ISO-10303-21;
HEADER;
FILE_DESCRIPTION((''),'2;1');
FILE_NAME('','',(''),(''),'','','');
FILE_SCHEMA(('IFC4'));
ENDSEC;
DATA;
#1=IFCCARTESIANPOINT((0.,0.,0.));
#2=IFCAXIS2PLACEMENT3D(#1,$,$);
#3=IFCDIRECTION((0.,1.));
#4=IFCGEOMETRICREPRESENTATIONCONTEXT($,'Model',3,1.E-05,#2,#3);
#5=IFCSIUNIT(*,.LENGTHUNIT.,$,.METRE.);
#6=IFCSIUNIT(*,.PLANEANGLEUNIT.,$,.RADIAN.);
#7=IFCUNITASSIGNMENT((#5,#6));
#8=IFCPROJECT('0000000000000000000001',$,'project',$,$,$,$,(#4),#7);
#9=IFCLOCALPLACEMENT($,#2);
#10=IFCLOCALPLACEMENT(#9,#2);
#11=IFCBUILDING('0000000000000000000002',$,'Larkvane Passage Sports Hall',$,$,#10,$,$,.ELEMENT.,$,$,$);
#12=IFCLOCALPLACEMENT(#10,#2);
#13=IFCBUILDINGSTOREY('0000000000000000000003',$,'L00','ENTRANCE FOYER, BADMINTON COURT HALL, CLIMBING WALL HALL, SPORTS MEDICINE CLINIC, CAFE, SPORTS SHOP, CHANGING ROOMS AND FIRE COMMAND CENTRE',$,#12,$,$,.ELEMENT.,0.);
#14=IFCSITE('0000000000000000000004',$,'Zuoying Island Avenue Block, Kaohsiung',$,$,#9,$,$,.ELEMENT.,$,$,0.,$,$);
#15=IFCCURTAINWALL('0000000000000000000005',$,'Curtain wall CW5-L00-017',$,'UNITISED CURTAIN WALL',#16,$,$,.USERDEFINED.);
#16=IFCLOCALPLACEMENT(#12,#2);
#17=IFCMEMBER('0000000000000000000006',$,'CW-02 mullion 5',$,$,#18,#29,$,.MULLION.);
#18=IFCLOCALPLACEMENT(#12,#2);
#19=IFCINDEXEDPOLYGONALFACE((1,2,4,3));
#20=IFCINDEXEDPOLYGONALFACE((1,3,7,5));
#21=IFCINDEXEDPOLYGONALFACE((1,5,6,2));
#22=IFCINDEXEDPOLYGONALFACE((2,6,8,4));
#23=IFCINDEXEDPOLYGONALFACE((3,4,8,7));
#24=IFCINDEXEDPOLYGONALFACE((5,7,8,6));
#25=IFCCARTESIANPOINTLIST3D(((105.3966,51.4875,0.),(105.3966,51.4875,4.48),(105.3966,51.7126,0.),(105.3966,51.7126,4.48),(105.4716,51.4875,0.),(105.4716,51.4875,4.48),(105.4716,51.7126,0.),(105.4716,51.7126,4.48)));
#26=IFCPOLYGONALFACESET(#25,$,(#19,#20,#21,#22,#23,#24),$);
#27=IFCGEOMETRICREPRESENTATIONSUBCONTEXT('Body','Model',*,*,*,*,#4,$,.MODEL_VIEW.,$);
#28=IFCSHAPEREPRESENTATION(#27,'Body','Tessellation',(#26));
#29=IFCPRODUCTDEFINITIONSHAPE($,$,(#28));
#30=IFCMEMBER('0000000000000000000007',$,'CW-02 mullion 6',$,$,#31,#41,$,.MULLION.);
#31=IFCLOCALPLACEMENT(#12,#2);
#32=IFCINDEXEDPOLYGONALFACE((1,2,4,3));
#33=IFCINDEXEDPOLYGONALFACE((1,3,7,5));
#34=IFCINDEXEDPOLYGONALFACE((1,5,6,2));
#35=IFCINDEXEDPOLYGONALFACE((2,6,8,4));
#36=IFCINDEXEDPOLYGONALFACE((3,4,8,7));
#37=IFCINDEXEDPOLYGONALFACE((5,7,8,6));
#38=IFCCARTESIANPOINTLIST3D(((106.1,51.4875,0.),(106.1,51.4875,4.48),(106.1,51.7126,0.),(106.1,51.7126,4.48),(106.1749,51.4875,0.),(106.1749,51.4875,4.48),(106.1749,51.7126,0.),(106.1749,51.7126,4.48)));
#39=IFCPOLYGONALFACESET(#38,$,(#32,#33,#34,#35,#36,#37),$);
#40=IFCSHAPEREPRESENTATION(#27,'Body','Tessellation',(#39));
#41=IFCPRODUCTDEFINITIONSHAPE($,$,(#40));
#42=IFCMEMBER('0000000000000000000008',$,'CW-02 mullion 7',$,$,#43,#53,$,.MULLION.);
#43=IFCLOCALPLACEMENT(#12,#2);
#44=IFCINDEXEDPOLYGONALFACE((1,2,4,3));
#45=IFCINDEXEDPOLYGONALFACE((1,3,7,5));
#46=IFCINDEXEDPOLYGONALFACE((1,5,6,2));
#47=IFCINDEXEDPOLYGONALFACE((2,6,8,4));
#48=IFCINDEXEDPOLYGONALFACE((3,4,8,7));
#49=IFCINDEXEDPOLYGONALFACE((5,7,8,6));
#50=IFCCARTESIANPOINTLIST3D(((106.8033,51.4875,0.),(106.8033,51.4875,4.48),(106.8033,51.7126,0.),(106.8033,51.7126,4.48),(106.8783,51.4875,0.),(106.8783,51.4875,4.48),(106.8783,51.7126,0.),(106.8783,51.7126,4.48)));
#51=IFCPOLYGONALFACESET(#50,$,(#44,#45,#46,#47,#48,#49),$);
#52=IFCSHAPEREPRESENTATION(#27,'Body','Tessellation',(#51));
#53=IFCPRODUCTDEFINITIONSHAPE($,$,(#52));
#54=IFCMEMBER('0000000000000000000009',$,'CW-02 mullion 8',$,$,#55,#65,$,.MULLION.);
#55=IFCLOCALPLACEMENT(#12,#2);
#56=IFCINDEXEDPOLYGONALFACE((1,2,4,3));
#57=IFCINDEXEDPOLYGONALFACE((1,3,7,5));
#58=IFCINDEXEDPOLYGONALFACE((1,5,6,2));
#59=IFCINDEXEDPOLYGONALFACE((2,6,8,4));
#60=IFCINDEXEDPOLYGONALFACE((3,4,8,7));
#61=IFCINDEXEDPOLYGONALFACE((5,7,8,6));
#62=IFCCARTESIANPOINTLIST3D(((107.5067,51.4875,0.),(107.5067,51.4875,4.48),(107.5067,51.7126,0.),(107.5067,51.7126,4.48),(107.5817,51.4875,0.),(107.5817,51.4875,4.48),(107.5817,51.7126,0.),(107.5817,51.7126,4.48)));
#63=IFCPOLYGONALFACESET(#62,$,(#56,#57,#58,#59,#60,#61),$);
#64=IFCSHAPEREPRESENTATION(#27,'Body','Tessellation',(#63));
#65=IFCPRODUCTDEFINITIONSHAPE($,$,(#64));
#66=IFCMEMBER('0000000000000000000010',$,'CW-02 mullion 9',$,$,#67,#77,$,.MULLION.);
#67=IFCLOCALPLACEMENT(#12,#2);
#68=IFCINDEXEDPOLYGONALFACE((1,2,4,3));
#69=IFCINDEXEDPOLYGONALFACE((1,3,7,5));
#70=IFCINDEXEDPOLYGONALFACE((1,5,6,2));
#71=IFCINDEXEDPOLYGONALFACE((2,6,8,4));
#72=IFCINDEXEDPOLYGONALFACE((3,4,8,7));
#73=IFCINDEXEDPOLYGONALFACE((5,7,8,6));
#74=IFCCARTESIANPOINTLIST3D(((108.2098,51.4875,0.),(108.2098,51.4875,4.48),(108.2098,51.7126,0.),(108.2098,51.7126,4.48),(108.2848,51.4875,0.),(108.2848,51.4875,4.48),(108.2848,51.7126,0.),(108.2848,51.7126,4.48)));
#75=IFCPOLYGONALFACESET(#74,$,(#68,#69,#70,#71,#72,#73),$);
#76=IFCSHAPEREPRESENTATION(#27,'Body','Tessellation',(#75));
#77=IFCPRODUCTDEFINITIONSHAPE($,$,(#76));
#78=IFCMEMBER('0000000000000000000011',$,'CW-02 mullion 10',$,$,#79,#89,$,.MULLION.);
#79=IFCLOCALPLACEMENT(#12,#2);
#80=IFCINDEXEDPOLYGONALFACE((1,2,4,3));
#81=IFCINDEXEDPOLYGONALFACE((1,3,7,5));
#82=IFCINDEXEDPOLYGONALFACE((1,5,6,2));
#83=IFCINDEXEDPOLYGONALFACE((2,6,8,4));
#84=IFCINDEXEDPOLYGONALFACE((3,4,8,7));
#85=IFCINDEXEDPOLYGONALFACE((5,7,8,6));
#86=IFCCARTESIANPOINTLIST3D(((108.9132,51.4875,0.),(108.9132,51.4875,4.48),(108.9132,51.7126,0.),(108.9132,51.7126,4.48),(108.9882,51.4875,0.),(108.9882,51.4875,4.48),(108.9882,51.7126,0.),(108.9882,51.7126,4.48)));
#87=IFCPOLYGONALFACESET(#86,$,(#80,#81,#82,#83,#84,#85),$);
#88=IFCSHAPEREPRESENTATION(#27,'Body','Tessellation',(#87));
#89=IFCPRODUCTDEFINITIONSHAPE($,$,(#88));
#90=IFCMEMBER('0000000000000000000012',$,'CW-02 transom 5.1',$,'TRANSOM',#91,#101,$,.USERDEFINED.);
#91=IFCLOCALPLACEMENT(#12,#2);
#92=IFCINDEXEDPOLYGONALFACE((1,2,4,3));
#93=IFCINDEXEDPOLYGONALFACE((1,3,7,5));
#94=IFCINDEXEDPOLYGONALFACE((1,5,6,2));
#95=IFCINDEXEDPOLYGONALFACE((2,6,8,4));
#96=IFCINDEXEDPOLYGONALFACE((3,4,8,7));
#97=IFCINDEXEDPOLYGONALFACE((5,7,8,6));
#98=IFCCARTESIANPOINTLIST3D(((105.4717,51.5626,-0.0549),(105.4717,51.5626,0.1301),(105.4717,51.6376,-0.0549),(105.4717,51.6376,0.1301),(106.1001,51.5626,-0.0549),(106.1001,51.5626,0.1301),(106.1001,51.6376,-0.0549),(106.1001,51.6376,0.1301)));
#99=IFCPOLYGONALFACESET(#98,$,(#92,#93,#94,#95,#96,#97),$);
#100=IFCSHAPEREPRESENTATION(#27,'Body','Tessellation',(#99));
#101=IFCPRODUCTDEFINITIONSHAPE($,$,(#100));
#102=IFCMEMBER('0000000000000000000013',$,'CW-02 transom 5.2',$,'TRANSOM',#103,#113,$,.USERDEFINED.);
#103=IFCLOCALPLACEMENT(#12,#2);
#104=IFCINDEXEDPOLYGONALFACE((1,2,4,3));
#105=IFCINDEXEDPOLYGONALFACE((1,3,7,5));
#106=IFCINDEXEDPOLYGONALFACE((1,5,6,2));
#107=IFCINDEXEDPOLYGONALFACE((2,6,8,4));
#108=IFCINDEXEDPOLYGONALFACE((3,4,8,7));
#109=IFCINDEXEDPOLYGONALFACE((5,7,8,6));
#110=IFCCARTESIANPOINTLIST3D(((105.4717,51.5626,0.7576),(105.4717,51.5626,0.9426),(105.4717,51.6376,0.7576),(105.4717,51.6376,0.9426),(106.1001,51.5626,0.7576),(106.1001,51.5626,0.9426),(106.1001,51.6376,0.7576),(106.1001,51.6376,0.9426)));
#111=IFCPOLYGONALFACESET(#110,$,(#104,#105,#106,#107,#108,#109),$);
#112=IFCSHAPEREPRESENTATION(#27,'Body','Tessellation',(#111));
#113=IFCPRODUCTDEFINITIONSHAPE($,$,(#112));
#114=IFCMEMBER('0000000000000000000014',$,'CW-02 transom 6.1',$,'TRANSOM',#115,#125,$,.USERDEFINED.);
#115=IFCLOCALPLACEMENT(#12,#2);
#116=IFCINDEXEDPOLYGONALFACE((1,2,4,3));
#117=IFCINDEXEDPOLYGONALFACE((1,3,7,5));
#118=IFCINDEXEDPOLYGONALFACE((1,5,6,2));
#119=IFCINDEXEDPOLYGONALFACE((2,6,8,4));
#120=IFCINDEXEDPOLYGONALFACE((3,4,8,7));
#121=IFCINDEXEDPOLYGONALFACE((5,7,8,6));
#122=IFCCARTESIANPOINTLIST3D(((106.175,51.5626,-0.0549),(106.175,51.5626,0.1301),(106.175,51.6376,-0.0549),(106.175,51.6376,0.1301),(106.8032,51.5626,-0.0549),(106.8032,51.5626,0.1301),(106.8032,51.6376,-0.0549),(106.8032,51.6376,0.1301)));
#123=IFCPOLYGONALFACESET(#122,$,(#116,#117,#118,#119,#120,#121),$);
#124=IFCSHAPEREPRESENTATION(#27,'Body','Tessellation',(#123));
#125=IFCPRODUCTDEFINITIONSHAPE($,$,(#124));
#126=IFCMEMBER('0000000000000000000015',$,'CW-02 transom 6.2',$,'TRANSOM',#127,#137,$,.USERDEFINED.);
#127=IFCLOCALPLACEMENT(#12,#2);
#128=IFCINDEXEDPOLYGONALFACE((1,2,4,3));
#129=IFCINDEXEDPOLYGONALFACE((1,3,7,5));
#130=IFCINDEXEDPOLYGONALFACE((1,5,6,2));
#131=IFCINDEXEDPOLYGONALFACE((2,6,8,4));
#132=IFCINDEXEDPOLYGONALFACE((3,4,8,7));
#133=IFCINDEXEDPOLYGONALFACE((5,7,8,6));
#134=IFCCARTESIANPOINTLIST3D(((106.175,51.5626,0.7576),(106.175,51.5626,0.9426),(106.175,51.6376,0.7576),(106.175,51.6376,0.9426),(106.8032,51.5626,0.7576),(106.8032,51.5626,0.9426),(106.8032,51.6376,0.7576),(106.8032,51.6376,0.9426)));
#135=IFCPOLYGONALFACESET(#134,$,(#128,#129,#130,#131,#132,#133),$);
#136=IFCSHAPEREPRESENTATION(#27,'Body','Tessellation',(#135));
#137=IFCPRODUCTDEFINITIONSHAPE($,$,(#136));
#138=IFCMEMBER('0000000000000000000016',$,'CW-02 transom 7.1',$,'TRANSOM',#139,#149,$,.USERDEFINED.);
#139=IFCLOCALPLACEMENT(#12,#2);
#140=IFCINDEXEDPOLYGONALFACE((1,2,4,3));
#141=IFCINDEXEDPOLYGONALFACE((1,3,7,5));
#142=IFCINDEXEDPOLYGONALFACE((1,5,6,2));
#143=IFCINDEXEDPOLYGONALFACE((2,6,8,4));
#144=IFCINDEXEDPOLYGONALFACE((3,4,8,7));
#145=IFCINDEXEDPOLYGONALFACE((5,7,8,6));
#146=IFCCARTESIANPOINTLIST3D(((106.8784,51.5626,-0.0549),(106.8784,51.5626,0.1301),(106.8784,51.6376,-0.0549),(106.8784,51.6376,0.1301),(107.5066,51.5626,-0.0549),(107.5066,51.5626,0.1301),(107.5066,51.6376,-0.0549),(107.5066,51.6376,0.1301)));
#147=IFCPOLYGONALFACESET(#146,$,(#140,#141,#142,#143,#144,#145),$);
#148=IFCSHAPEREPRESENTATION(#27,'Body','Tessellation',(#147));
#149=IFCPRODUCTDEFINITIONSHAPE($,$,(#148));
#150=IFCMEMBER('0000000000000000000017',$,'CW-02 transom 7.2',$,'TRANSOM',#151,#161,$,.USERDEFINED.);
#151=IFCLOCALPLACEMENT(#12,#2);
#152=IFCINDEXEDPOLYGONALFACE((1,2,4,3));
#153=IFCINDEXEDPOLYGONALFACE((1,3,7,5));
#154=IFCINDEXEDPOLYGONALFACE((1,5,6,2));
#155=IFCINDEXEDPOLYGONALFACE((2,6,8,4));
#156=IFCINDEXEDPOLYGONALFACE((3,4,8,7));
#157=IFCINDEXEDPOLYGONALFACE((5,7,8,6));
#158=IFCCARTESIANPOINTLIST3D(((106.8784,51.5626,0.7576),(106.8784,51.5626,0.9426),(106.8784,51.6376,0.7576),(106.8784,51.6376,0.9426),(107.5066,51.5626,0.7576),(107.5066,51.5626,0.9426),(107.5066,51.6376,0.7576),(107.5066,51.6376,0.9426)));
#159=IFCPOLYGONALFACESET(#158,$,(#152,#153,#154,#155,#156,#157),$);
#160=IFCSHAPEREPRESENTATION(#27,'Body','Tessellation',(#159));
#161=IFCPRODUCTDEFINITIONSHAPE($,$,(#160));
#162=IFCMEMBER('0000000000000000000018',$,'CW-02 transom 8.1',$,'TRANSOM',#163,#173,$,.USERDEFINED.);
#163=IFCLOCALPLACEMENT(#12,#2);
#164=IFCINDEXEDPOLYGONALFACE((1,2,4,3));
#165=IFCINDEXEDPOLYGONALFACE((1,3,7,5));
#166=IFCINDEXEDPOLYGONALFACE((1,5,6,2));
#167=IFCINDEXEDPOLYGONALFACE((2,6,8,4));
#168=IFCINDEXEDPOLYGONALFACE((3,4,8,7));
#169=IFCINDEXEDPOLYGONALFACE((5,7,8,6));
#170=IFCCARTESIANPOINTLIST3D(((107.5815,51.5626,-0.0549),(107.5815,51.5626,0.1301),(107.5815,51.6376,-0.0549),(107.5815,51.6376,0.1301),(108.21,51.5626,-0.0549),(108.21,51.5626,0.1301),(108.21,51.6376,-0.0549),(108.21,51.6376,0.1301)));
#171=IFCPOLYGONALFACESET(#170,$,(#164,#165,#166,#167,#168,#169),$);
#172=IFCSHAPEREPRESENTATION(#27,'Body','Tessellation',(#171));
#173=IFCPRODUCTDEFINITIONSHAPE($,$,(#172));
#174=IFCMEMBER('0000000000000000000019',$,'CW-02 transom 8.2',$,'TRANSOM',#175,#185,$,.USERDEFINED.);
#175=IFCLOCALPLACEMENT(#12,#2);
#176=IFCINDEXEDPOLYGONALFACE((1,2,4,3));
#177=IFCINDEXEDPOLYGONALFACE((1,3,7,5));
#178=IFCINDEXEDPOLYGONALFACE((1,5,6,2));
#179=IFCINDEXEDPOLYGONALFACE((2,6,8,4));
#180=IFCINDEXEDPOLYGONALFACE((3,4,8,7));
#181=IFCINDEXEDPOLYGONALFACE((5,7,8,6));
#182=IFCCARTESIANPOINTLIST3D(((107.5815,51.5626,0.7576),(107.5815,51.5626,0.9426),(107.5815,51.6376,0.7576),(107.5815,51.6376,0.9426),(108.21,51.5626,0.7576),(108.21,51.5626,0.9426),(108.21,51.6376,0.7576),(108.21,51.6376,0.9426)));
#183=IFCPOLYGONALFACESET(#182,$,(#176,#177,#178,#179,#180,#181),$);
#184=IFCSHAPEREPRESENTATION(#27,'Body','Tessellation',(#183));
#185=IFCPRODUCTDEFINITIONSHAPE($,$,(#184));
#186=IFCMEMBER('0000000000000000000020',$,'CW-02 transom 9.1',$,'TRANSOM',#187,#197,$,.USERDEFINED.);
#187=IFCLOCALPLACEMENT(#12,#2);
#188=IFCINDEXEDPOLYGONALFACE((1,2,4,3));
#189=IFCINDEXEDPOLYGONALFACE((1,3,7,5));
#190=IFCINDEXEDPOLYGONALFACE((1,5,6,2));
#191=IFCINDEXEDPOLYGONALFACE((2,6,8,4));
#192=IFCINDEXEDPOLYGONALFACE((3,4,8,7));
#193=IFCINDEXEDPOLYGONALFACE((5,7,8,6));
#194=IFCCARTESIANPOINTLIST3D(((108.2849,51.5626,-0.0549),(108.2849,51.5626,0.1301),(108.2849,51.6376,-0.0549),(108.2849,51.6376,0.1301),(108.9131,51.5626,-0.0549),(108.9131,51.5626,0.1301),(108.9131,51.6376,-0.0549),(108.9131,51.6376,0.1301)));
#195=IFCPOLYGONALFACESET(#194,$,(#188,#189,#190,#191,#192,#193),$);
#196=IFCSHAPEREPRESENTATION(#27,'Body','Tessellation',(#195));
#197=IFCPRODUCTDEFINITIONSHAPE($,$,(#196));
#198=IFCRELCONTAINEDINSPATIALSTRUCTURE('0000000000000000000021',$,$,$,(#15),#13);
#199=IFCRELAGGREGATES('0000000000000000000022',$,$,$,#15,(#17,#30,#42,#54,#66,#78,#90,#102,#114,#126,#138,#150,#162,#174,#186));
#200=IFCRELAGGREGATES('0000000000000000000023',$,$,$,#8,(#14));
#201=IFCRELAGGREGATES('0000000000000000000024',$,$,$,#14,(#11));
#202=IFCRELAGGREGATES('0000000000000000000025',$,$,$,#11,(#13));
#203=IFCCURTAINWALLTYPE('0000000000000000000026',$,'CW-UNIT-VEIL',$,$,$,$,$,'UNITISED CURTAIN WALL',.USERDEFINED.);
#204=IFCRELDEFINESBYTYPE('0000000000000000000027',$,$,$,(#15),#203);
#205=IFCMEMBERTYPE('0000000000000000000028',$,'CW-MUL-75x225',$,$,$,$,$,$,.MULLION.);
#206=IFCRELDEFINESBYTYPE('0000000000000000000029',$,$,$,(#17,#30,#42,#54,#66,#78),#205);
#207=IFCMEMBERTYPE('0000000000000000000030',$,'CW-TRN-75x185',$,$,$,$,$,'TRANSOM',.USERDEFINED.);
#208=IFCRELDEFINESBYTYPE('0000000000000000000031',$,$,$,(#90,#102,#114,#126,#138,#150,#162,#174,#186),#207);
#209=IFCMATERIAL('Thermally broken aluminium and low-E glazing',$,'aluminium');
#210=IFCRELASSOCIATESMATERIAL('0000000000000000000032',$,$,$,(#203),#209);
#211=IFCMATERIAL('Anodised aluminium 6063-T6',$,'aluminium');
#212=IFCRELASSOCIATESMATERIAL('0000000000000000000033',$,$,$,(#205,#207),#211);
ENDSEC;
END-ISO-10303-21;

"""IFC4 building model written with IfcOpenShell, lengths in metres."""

from ifc_helpers import new_model, si_unit, direction, frame, origin, origin_2d, place, context, subcontext, project, spatial, rectangle, extrude, material, material_profile, profile_set, type_object, element, aggregate, save


model = new_model("IFC4")

# Units and contexts
model_context = context("Model", 3, precision=1e-05, world=origin(), true_north=direction((0.0, 1.0)))
body_context = subcontext(model_context, "Body", "Model", "MODEL_VIEW")
ifc_project = project(units=[si_unit("LENGTHUNIT", "METRE"), si_unit("PLANEANGLEUNIT", "RADIAN")], contexts=[model_context])

# Site, building, storey
site_placement = place(None, origin())
site = spatial("IfcSite", under=ifc_project, at=site_placement, Name="Zuoying Island Avenue Block, Kaohsiung", CompositionType="ELEMENT", RefElevation=0.0)
building_placement = place(site_placement, origin())
building = spatial("IfcBuilding", under=site, at=building_placement, Name="Larkvane Passage Sports Hall", CompositionType="ELEMENT")
storey_placement = place(building_placement, origin())
storey = spatial("IfcBuildingStorey", under=building, at=storey_placement, Name="L00", Description="ENTRANCE FOYER, BADMINTON COURT HALL, CLIMBING WALL HALL, SPORTS MEDICINE CLINIC, CAFE, SPORTS SHOP, CHANGING ROOMS AND FIRE COMMAND CENTRE", CompositionType="ELEMENT", Elevation=0.0)

# Curtain wall, members
ifc_material_1 = material(Name="Thermally broken aluminium and low-E glazing", Category="aluminium")
curtain_wall_type = type_object("IfcCurtainWallType", Name="CW-UNIT-VEIL", ElementType="UNITISED CURTAIN WALL", PredefinedType="USERDEFINED", material=ifc_material_1)
curtain_wall_placement = place(storey_placement, origin())
curtain_wall = element("IfcCurtainWall", 1, at=curtain_wall_placement, inside=storey, type_object=curtain_wall_type, Name="Curtain wall CW5-L00-017", ObjectType="UNITISED CURTAIN WALL", PredefinedType="USERDEFINED")
ifc_material_2 = material(Name="Anodised aluminium 6063-T6", Category="aluminium")
ifc_material_profile_1 = material_profile(ifc_material_2, rectangle(XDim=0.075, YDim=0.2251, at=origin_2d()), Name="ALU-MUL-75x225")
ifc_profile_set_1 = profile_set([ifc_material_profile_1], Name="Anodised aluminium 6063-T6")
member_type_1 = type_object("IfcMemberType", Name="CW-MUL-75x225", PredefinedType="MULLION", material=ifc_profile_set_1)
member_1_placement = place(storey_placement, frame((105.4341, 51.6001, 0.0), z_axis=(0.0, 0.0, 1.0), x_axis=(1.0, 0.0, 0.0)))
member_1 = element("IfcMember", 2, at=member_1_placement, type_object=member_type_1, Name="CW-02 mullion 5", PredefinedType="MULLION", context=body_context, shape_type="SweptSolid", body=[
    extrude(rectangle(XDim=0.075, YDim=0.2251, at=origin_2d()), origin(), (0.0, 0.0, 1.0), 4.48),
])
member_2_placement = place(storey_placement, frame((106.1375, 51.6001, 0.0), z_axis=(0.0, 0.0, 1.0), x_axis=(1.0, 0.0, 0.0)))
member_2 = element("IfcMember", 3, at=member_2_placement, type_object=member_type_1, Name="CW-02 mullion 6", PredefinedType="MULLION", context=body_context, shape_type="SweptSolid", body=[
    extrude(rectangle(XDim=0.075, YDim=0.2251, at=origin_2d()), origin(), (0.0, 0.0, 1.0), 4.48),
])
member_3_placement = place(storey_placement, frame((106.8408, 51.6001, 0.0), z_axis=(0.0, 0.0, 1.0), x_axis=(1.0, 0.0, 0.0)))
member_3 = element("IfcMember", 4, at=member_3_placement, type_object=member_type_1, Name="CW-02 mullion 7", PredefinedType="MULLION", context=body_context, shape_type="SweptSolid", body=[
    extrude(rectangle(XDim=0.075, YDim=0.2251, at=origin_2d()), origin(), (0.0, 0.0, 1.0), 4.48),
])
member_4_placement = place(storey_placement, frame((107.5442, 51.6001, 0.0), z_axis=(0.0, 0.0, 1.0), x_axis=(1.0, 0.0, 0.0)))
member_4 = element("IfcMember", 5, at=member_4_placement, type_object=member_type_1, Name="CW-02 mullion 8", PredefinedType="MULLION", context=body_context, shape_type="SweptSolid", body=[
    extrude(rectangle(XDim=0.075, YDim=0.2251, at=origin_2d()), origin(), (0.0, 0.0, 1.0), 4.48),
])
member_5_placement = place(storey_placement, frame((108.2473, 51.6001, 0.0), z_axis=(0.0, 0.0, 1.0), x_axis=(1.0, 0.0, 0.0)))
member_5 = element("IfcMember", 6, at=member_5_placement, type_object=member_type_1, Name="CW-02 mullion 9", PredefinedType="MULLION", context=body_context, shape_type="SweptSolid", body=[
    extrude(rectangle(XDim=0.075, YDim=0.2251, at=origin_2d()), origin(), (0.0, 0.0, 1.0), 4.48),
])
member_6_placement = place(storey_placement, frame((108.9507, 51.6001, 0.0), z_axis=(0.0, 0.0, 1.0), x_axis=(1.0, 0.0, 0.0)))
member_6 = element("IfcMember", 7, at=member_6_placement, type_object=member_type_1, Name="CW-02 mullion 10", PredefinedType="MULLION", context=body_context, shape_type="SweptSolid", body=[
    extrude(rectangle(XDim=0.075, YDim=0.2251, at=origin_2d()), origin(), (0.0, 0.0, 1.0), 4.48),
])
ifc_material_profile_2 = material_profile(ifc_material_2, rectangle(XDim=0.075, YDim=0.1851, at=origin_2d()), Name="ALU-TRN-75x185")
ifc_profile_set_2 = profile_set([ifc_material_profile_2], Name="Anodised aluminium 6063-T6")
member_type_2 = type_object("IfcMemberType", Name="CW-TRN-75x185", ElementType="TRANSOM", PredefinedType="USERDEFINED", material=ifc_profile_set_2)
member_7_placement = place(storey_placement, frame((105.4717, 51.6001, 0.0376), z_axis=(1.0, 0.0, 0.0), x_axis=(0.0, 1.0, 0.0)))
member_7 = element("IfcMember", 8, at=member_7_placement, type_object=member_type_2, Name="CW-02 transom 5.1", ObjectType="TRANSOM", PredefinedType="USERDEFINED", context=body_context, shape_type="SweptSolid", body=[
    extrude(rectangle(XDim=0.075, YDim=0.1851, at=origin_2d()), origin(), (0.0, 0.0, 1.0), 0.6284),
])
member_8_placement = place(storey_placement, frame((105.4717, 51.6001, 0.8501), z_axis=(1.0, 0.0, 0.0), x_axis=(0.0, 1.0, 0.0)))
member_8 = element("IfcMember", 9, at=member_8_placement, type_object=member_type_2, Name="CW-02 transom 5.2", ObjectType="TRANSOM", PredefinedType="USERDEFINED", context=body_context, shape_type="SweptSolid", body=[
    extrude(rectangle(XDim=0.075, YDim=0.1851, at=origin_2d()), origin(), (0.0, 0.0, 1.0), 0.6284),
])
member_9_placement = place(storey_placement, frame((106.175, 51.6001, 0.0376), z_axis=(1.0, 0.0, 0.0), x_axis=(0.0, 1.0, 0.0)))
member_9 = element("IfcMember", 10, at=member_9_placement, type_object=member_type_2, Name="CW-02 transom 6.1", ObjectType="TRANSOM", PredefinedType="USERDEFINED", context=body_context, shape_type="SweptSolid", body=[
    extrude(rectangle(XDim=0.075, YDim=0.1851, at=origin_2d()), origin(), (0.0, 0.0, 1.0), 0.6282),
])
member_10_placement = place(storey_placement, frame((106.175, 51.6001, 0.8501), z_axis=(1.0, 0.0, 0.0), x_axis=(0.0, 1.0, 0.0)))
member_10 = element("IfcMember", 11, at=member_10_placement, type_object=member_type_2, Name="CW-02 transom 6.2", ObjectType="TRANSOM", PredefinedType="USERDEFINED", context=body_context, shape_type="SweptSolid", body=[
    extrude(rectangle(XDim=0.075, YDim=0.1851, at=origin_2d()), origin(), (0.0, 0.0, 1.0), 0.6282),
])
member_11_placement = place(storey_placement, frame((106.8784, 51.6001, 0.0376), z_axis=(1.0, 0.0, 0.0), x_axis=(0.0, 1.0, 0.0)))
member_11 = element("IfcMember", 12, at=member_11_placement, type_object=member_type_2, Name="CW-02 transom 7.1", ObjectType="TRANSOM", PredefinedType="USERDEFINED", context=body_context, shape_type="SweptSolid", body=[
    extrude(rectangle(XDim=0.075, YDim=0.1851, at=origin_2d()), origin(), (0.0, 0.0, 1.0), 0.6282),
])
member_12_placement = place(storey_placement, frame((106.8784, 51.6001, 0.8501), z_axis=(1.0, 0.0, 0.0), x_axis=(0.0, 1.0, 0.0)))
member_12 = element("IfcMember", 13, at=member_12_placement, type_object=member_type_2, Name="CW-02 transom 7.2", ObjectType="TRANSOM", PredefinedType="USERDEFINED", context=body_context, shape_type="SweptSolid", body=[
    extrude(rectangle(XDim=0.075, YDim=0.1851, at=origin_2d()), origin(), (0.0, 0.0, 1.0), 0.6282),
])
member_13_placement = place(storey_placement, frame((107.5815, 51.6001, 0.0376), z_axis=(1.0, 0.0, 0.0), x_axis=(0.0, 1.0, 0.0)))
member_13 = element("IfcMember", 14, at=member_13_placement, type_object=member_type_2, Name="CW-02 transom 8.1", ObjectType="TRANSOM", PredefinedType="USERDEFINED", context=body_context, shape_type="SweptSolid", body=[
    extrude(rectangle(XDim=0.075, YDim=0.1851, at=origin_2d()), origin(), (0.0, 0.0, 1.0), 0.6284),
])
member_14_placement = place(storey_placement, frame((107.5815, 51.6001, 0.8501), z_axis=(1.0, 0.0, 0.0), x_axis=(0.0, 1.0, 0.0)))
member_14 = element("IfcMember", 15, at=member_14_placement, type_object=member_type_2, Name="CW-02 transom 8.2", ObjectType="TRANSOM", PredefinedType="USERDEFINED", context=body_context, shape_type="SweptSolid", body=[
    extrude(rectangle(XDim=0.075, YDim=0.1851, at=origin_2d()), origin(), (0.0, 0.0, 1.0), 0.6284),
])
member_15_placement = place(storey_placement, frame((108.2849, 51.6001, 0.0376), z_axis=(1.0, 0.0, 0.0), x_axis=(0.0, 1.0, 0.0)))
member_15 = element("IfcMember", 16, at=member_15_placement, type_object=member_type_2, Name="CW-02 transom 9.1", ObjectType="TRANSOM", PredefinedType="USERDEFINED", context=body_context, shape_type="SweptSolid", body=[
    extrude(rectangle(XDim=0.075, YDim=0.1851, at=origin_2d()), origin(), (0.0, 0.0, 1.0), 0.6282),
])
aggregate(curtain_wall, [member_1, member_2, member_3, member_4, member_5, member_6, member_7, member_8, member_9, member_10, member_11, member_12, member_13, member_14, member_15])

save(model, "model.ifc")
